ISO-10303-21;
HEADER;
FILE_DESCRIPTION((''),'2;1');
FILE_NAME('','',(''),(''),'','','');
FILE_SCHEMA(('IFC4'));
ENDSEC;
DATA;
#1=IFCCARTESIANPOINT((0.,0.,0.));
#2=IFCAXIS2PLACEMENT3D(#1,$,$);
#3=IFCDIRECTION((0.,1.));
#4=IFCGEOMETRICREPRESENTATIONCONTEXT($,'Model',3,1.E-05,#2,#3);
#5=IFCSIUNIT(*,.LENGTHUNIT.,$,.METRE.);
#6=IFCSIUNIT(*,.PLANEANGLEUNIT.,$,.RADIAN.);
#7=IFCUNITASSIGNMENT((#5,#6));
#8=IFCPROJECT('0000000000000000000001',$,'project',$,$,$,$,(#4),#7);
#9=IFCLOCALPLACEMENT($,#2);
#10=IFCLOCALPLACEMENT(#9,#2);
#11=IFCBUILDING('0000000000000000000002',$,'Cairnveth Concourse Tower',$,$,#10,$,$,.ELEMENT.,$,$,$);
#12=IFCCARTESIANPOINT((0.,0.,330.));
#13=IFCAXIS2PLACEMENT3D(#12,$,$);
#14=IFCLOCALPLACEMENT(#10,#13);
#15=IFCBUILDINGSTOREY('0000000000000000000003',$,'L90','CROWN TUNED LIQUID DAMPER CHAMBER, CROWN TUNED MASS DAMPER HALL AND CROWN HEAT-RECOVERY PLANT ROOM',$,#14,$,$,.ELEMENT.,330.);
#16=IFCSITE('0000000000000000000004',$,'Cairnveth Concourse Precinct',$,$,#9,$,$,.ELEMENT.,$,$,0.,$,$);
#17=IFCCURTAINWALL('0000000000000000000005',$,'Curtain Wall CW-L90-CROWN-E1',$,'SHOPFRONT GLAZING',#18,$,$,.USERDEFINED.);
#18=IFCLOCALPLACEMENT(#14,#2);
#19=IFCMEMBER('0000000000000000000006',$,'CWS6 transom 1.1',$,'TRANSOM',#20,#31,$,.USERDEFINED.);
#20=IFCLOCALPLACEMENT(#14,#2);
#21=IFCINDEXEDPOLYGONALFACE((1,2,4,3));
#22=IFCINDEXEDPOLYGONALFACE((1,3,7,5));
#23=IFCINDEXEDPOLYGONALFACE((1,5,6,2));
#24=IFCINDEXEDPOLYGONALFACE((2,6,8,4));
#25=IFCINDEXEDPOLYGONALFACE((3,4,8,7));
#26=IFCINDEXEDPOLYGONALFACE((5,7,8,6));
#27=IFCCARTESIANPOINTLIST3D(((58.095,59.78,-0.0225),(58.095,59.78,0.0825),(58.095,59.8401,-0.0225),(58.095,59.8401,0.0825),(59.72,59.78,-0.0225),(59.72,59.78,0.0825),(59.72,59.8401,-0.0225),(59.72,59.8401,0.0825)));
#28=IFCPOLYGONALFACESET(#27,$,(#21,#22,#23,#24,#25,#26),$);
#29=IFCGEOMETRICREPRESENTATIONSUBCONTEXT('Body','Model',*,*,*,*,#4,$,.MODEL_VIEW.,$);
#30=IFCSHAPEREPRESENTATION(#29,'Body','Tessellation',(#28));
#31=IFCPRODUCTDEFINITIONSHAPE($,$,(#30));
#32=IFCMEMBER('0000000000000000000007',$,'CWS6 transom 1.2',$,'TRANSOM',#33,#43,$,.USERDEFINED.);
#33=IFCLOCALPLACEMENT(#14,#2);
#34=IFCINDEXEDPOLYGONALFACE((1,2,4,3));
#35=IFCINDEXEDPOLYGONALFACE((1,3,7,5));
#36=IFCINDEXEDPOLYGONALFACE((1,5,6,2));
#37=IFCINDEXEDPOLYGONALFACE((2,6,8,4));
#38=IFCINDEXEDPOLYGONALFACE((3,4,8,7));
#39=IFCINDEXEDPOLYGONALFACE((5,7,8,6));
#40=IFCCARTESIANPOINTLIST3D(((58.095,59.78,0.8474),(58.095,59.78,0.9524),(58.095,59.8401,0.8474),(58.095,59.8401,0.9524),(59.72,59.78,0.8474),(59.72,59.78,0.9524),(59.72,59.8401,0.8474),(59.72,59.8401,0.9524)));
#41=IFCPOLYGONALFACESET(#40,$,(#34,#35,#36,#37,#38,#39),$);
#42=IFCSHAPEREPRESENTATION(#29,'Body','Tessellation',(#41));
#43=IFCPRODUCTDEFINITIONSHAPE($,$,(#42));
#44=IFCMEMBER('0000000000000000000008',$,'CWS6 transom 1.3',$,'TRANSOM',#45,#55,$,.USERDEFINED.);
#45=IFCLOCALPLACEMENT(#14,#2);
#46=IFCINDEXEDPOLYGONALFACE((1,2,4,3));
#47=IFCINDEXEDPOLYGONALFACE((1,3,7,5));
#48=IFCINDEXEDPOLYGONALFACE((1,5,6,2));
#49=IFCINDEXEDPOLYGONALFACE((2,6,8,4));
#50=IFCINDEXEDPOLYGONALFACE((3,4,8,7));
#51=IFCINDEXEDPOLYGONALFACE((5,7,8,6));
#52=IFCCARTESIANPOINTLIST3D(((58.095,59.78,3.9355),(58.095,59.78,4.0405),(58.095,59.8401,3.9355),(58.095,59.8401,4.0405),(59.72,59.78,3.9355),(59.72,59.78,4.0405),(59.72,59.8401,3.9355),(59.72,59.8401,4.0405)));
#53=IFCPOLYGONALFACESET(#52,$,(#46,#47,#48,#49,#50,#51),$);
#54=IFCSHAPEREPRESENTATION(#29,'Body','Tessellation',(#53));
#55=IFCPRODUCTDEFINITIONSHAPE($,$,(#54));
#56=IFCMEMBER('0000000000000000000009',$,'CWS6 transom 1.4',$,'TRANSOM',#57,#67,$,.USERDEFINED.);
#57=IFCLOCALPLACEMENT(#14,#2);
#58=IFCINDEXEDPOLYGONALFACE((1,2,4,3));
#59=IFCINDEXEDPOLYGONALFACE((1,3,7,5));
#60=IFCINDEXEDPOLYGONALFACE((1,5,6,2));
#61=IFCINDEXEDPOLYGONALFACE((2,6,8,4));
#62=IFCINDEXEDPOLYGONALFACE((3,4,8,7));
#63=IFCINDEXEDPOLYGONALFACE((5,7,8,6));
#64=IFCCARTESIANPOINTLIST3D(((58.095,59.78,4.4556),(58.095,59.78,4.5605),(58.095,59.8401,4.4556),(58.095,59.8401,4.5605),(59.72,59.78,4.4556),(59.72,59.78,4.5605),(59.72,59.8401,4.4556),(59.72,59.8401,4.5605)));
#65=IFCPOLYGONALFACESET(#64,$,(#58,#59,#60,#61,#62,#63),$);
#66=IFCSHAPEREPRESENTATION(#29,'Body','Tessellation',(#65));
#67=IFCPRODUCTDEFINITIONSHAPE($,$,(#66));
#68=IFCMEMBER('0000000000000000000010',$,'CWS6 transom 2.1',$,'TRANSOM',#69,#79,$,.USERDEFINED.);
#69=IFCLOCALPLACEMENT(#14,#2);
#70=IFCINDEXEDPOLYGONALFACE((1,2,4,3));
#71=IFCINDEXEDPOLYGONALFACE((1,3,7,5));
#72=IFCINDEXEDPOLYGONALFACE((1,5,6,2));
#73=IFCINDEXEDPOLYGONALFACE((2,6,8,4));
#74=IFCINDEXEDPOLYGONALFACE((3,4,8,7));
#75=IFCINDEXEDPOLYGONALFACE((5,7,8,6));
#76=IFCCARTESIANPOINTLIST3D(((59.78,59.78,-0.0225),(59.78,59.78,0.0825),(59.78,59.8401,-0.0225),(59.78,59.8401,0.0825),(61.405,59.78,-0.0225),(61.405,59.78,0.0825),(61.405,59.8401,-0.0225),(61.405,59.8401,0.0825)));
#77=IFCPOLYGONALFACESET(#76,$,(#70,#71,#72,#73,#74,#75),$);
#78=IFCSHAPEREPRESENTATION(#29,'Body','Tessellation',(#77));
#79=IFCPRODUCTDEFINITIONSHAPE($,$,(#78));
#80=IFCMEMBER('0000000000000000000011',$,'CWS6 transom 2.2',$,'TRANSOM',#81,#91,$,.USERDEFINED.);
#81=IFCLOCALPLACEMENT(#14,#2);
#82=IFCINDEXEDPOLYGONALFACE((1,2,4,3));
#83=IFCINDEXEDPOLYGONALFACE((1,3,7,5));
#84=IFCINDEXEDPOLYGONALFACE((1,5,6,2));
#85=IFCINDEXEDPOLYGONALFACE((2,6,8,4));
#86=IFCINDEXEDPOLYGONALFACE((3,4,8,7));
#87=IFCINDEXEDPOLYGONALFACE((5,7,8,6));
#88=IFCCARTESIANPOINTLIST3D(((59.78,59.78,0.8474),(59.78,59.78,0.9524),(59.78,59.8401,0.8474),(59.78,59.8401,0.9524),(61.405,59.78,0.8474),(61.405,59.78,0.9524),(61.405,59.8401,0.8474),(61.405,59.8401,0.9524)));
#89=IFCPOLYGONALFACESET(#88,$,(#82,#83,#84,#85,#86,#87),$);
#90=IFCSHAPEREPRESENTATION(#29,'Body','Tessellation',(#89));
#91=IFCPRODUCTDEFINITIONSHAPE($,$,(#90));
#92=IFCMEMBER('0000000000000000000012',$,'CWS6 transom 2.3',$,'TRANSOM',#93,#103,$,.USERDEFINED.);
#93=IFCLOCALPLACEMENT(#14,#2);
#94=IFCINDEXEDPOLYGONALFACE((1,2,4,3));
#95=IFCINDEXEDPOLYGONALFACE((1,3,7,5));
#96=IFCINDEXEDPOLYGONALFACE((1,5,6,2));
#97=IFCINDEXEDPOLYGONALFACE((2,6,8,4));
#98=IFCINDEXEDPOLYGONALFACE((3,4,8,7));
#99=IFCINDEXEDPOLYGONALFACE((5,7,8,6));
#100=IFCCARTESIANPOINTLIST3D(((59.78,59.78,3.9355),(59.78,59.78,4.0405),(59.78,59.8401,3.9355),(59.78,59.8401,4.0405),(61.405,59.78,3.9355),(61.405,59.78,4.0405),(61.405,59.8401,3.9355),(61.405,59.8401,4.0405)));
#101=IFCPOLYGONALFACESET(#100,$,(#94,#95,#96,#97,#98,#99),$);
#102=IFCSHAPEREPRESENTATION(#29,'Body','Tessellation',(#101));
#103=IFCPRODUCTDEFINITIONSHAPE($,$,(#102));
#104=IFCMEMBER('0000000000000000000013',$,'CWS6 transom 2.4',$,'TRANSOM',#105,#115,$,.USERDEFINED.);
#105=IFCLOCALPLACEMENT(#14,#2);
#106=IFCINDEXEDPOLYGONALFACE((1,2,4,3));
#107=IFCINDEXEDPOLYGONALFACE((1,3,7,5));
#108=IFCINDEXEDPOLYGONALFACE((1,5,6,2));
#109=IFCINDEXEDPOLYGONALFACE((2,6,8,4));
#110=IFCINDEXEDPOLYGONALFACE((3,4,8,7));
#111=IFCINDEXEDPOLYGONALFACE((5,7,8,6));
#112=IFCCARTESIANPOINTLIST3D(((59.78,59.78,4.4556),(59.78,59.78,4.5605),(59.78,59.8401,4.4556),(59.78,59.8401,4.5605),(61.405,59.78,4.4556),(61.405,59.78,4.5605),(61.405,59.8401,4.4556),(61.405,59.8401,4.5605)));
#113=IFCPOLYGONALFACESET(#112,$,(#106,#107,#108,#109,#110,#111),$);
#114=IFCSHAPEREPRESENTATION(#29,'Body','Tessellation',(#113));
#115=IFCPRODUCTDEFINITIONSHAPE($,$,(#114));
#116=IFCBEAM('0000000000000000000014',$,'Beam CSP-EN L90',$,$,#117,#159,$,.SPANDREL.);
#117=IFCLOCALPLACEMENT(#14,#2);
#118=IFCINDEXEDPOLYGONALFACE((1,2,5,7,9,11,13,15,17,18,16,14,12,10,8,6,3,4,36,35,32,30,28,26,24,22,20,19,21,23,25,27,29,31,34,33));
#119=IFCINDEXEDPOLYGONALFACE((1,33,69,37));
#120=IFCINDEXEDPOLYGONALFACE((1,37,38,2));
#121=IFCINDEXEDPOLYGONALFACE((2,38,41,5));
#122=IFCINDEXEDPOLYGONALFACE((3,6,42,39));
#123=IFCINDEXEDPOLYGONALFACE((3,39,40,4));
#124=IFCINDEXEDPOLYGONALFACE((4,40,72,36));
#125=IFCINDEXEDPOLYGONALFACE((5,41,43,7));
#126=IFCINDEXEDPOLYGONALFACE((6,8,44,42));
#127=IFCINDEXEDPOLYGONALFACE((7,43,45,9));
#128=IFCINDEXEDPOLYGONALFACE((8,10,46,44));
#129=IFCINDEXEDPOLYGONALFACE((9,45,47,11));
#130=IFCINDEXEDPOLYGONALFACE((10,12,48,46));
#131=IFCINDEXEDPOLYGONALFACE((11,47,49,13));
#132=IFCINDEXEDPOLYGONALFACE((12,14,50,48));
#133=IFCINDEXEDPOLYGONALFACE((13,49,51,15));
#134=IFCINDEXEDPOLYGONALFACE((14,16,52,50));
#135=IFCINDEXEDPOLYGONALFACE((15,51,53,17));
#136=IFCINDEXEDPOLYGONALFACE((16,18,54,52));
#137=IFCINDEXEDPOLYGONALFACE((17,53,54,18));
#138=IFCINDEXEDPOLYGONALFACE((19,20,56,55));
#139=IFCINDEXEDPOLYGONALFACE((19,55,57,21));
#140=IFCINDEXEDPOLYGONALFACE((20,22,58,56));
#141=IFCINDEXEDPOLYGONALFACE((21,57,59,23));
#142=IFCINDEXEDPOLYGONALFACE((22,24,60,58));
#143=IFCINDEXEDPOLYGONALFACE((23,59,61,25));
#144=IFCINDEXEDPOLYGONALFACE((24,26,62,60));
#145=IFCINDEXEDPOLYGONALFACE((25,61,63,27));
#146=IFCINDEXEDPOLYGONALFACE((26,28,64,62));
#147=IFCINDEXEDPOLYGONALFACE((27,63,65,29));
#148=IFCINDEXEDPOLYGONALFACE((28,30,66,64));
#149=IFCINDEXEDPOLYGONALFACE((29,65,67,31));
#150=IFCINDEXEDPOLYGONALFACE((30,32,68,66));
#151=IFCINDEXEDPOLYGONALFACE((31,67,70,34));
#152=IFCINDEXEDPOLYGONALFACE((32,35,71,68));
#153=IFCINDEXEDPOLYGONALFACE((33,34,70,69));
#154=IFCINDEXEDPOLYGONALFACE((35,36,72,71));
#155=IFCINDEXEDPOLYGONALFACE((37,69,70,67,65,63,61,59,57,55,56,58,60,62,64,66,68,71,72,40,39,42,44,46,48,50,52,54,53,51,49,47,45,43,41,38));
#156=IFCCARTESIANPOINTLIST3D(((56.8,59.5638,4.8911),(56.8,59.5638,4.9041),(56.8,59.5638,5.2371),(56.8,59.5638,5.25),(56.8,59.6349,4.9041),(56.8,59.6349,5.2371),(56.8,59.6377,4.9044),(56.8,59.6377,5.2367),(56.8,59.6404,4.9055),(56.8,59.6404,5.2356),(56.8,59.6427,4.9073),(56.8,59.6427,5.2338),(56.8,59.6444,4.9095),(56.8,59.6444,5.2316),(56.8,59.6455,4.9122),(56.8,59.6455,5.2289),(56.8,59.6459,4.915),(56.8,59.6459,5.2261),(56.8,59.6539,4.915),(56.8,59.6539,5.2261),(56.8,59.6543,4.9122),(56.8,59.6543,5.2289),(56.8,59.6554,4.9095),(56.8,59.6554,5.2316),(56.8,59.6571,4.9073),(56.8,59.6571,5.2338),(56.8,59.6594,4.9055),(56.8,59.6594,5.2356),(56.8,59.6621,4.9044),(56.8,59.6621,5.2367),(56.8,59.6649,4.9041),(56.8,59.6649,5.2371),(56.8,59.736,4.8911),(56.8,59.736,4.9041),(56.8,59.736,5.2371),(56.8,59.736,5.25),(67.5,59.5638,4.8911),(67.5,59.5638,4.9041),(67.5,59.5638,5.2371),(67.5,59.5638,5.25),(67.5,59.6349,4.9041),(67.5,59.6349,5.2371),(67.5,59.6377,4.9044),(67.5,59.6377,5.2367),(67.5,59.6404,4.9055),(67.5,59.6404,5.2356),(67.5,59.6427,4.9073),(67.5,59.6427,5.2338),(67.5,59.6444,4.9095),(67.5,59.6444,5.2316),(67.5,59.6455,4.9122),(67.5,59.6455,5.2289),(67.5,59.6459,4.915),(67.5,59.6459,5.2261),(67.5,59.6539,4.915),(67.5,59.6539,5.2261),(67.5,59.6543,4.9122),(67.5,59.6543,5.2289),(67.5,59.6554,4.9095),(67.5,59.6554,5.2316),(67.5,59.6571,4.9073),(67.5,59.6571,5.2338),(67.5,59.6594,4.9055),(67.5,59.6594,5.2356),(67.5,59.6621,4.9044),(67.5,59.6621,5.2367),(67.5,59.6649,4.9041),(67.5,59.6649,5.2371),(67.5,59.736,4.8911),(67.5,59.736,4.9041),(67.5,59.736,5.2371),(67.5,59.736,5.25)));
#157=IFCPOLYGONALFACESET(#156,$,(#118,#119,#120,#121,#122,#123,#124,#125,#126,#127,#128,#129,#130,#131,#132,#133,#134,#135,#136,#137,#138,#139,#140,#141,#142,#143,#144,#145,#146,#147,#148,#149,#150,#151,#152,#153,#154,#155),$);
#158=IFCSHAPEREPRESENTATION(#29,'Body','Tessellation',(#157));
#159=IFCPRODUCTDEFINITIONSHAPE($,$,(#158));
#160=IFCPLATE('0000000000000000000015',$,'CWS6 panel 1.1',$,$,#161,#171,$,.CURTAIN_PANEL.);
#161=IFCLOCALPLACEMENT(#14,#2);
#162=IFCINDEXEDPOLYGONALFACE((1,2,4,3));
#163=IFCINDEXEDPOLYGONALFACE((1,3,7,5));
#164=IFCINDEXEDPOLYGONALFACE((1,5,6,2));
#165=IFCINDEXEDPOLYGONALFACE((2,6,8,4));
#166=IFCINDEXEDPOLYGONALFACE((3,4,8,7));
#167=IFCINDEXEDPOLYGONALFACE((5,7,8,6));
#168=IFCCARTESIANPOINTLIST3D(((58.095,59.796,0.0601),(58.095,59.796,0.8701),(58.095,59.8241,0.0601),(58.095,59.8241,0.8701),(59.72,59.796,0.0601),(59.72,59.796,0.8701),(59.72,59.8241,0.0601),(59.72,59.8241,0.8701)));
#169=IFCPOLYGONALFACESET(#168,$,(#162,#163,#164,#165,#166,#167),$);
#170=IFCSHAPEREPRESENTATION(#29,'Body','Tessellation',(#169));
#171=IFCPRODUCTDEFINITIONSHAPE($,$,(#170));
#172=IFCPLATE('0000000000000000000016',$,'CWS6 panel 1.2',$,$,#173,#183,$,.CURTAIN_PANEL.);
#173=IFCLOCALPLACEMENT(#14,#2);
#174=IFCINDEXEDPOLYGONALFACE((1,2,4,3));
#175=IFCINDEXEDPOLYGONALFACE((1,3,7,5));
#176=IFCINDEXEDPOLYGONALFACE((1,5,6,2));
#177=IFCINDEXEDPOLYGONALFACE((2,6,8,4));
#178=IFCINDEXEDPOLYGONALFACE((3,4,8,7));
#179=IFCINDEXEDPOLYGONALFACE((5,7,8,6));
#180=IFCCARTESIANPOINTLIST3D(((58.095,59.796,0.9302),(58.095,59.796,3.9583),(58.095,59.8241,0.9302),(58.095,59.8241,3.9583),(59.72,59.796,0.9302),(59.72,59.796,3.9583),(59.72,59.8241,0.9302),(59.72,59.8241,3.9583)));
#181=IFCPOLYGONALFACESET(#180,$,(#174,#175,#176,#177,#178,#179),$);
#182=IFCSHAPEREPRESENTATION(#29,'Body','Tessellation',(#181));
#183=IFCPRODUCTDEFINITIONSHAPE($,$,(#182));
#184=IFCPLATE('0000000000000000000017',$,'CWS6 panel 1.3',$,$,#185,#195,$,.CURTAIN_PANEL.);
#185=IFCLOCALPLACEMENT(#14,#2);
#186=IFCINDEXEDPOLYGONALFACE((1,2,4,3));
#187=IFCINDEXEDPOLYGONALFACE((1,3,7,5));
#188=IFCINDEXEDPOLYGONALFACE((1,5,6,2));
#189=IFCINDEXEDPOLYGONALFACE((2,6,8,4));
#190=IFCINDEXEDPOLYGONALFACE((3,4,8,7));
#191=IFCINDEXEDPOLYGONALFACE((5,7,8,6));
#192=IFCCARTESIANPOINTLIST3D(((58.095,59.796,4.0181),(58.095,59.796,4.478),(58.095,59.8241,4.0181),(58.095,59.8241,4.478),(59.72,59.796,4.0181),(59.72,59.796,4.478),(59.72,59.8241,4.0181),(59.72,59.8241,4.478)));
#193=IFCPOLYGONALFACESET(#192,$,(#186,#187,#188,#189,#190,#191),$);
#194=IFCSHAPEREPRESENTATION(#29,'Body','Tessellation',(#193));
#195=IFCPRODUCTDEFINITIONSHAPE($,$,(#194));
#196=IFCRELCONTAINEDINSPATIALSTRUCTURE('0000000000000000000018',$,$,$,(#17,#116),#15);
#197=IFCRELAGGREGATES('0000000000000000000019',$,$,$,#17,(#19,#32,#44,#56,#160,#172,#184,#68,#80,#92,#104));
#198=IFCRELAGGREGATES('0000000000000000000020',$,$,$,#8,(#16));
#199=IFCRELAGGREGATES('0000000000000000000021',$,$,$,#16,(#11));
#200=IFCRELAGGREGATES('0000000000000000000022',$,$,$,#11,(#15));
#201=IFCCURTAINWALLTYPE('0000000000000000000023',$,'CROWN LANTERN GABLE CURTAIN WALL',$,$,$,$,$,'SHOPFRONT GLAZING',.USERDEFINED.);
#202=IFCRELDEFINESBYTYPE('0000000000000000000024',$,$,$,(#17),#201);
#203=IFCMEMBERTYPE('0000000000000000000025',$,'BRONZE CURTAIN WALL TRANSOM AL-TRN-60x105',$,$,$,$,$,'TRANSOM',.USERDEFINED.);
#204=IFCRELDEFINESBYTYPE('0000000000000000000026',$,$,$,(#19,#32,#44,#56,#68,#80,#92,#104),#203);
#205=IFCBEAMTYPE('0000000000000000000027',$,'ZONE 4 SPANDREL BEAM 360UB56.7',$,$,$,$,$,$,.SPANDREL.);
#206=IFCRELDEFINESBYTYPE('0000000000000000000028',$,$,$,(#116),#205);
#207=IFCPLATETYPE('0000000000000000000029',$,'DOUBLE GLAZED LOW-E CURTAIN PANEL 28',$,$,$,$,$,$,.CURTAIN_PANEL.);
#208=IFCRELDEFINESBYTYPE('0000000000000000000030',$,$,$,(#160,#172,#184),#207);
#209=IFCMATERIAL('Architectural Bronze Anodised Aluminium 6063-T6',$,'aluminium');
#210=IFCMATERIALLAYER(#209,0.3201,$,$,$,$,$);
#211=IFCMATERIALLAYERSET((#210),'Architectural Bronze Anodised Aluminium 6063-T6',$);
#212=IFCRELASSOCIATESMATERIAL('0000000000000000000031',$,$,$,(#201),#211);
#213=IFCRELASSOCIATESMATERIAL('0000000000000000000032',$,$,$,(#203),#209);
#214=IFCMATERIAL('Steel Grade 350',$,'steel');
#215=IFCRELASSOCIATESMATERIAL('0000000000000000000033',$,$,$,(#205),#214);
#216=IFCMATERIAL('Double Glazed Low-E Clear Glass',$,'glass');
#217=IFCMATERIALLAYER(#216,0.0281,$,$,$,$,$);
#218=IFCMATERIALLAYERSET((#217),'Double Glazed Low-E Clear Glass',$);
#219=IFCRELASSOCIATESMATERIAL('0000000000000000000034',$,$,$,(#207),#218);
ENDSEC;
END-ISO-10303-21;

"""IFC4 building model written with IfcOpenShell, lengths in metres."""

from ifc_helpers import new_model, si_unit, direction, frame, origin, origin_2d, place, context, subcontext, project, spatial, rectangle, i_section, extrude, material, layer, layer_set, material_profile, profile_set, type_object, element, aggregate, save


model = new_model("IFC4")

# Units and contexts
model_context = context("Model", 3, precision=1e-05, world=origin(), true_north=direction((0.0, 1.0)))
body_context = subcontext(model_context, "Body", "Model", "MODEL_VIEW")
ifc_project = project(units=[si_unit("LENGTHUNIT", "METRE"), si_unit("PLANEANGLEUNIT", "RADIAN")], contexts=[model_context])

# Site, building, storey
site_placement = place(None, origin())
site = spatial("IfcSite", under=ifc_project, at=site_placement, Name="Cairnveth Concourse Precinct", CompositionType="ELEMENT", RefElevation=0.0)
building_placement = place(site_placement, origin())
building = spatial("IfcBuilding", under=site, at=building_placement, Name="Cairnveth Concourse Tower", CompositionType="ELEMENT")
storey_placement = place(building_placement, frame((0.0, 0.0, 330.0)))
storey = spatial("IfcBuildingStorey", under=building, at=storey_placement, Name="L90", Description="CROWN TUNED LIQUID DAMPER CHAMBER, CROWN TUNED MASS DAMPER HALL AND CROWN HEAT-RECOVERY PLANT ROOM", CompositionType="ELEMENT", Elevation=330.0)

# Shared definitions
ifc_material_1 = material(Name="Steel Grade 350", Category="steel")

# Curtain wall, members
ifc_material_2 = material(Name="Architectural Bronze Anodised Aluminium 6063-T6", Category="aluminium")
ifc_layer_1 = layer(ifc_material_2, 0.3201)
ifc_layer_set_1 = layer_set([ifc_layer_1], Name="Architectural Bronze Anodised Aluminium 6063-T6")
curtain_wall_type = type_object("IfcCurtainWallType", Name="CROWN LANTERN GABLE CURTAIN WALL", ElementType="SHOPFRONT GLAZING", PredefinedType="USERDEFINED", material=ifc_layer_set_1)
curtain_wall_placement = place(storey_placement, origin())
curtain_wall = element("IfcCurtainWall", 1, at=curtain_wall_placement, inside=storey, type_object=curtain_wall_type, Name="Curtain Wall CW-L90-CROWN-E1", ObjectType="SHOPFRONT GLAZING", PredefinedType="USERDEFINED")
ifc_material_profile_1 = material_profile(ifc_material_2, rectangle(XDim=0.0601, YDim=0.105, at=origin_2d()), Name="AL-TRN-60x105")
ifc_profile_set_1 = profile_set([ifc_material_profile_1], Name="Architectural Bronze Anodised Aluminium 6063-T6")
member_type_1 = type_object("IfcMemberType", Name="BRONZE CURTAIN WALL TRANSOM AL-TRN-60x105", ElementType="TRANSOM", PredefinedType="USERDEFINED", material=ifc_profile_set_1)
member_1_placement = place(storey_placement, frame((58.095, 59.8101, 0.03), z_axis=(1.0, 0.0, 0.0), x_axis=(0.0, 1.0, 0.0)))
member_1 = element("IfcMember", 2, at=member_1_placement, type_object=member_type_1, Name="CWS6 transom 1.1", ObjectType="TRANSOM", PredefinedType="USERDEFINED", context=body_context, shape_type="SweptSolid", body=[
    extrude(rectangle(XDim=0.0601, YDim=0.105, at=origin_2d()), origin(), (0.0, 0.0, 1.0), 1.625),
])
member_2_placement = place(storey_placement, frame((58.095, 59.8101, 0.8999), z_axis=(1.0, 0.0, 0.0), x_axis=(0.0, 1.0, 0.0)))
member_2 = element("IfcMember", 3, at=member_2_placement, type_object=member_type_1, Name="CWS6 transom 1.2", ObjectType="TRANSOM", PredefinedType="USERDEFINED", context=body_context, shape_type="SweptSolid", body=[
    extrude(rectangle(XDim=0.0601, YDim=0.105, at=origin_2d()), origin(), (0.0, 0.0, 1.0), 1.625),
])
member_3_placement = place(storey_placement, frame((58.095, 59.8101, 3.988), z_axis=(1.0, 0.0, 0.0), x_axis=(0.0, 1.0, 0.0)))
member_3 = element("IfcMember", 4, at=member_3_placement, type_object=member_type_1, Name="CWS6 transom 1.3", ObjectType="TRANSOM", PredefinedType="USERDEFINED", context=body_context, shape_type="SweptSolid", body=[
    extrude(rectangle(XDim=0.0601, YDim=0.105, at=origin_2d()), origin(), (0.0, 0.0, 1.0), 1.625),
])
member_4_placement = place(storey_placement, frame((58.095, 59.8101, 4.5081), z_axis=(1.0, 0.0, 0.0), x_axis=(0.0, 1.0, 0.0)))
member_4 = element("IfcMember", 5, at=member_4_placement, type_object=member_type_1, Name="CWS6 transom 1.4", ObjectType="TRANSOM", PredefinedType="USERDEFINED", context=body_context, shape_type="SweptSolid", body=[
    extrude(rectangle(XDim=0.0601, YDim=0.105, at=origin_2d()), origin(), (0.0, 0.0, 1.0), 1.625),
])
member_5_placement = place(storey_placement, frame((59.78, 59.8101, 0.03), z_axis=(1.0, 0.0, 0.0), x_axis=(0.0, 1.0, 0.0)))
member_5 = element("IfcMember", 6, at=member_5_placement, type_object=member_type_1, Name="CWS6 transom 2.1", ObjectType="TRANSOM", PredefinedType="USERDEFINED", context=body_context, shape_type="SweptSolid", body=[
    extrude(rectangle(XDim=0.0601, YDim=0.105, at=origin_2d()), origin(), (0.0, 0.0, 1.0), 1.625),
])
member_6_placement = place(storey_placement, frame((59.78, 59.8101, 0.8999), z_axis=(1.0, 0.0, 0.0), x_axis=(0.0, 1.0, 0.0)))
member_6 = element("IfcMember", 7, at=member_6_placement, type_object=member_type_1, Name="CWS6 transom 2.2", ObjectType="TRANSOM", PredefinedType="USERDEFINED", context=body_context, shape_type="SweptSolid", body=[
    extrude(rectangle(XDim=0.0601, YDim=0.105, at=origin_2d()), origin(), (0.0, 0.0, 1.0), 1.625),
])
member_7_placement = place(storey_placement, frame((59.78, 59.8101, 3.988), z_axis=(1.0, 0.0, 0.0), x_axis=(0.0, 1.0, 0.0)))
member_7 = element("IfcMember", 8, at=member_7_placement, type_object=member_type_1, Name="CWS6 transom 2.3", ObjectType="TRANSOM", PredefinedType="USERDEFINED", context=body_context, shape_type="SweptSolid", body=[
    extrude(rectangle(XDim=0.0601, YDim=0.105, at=origin_2d()), origin(), (0.0, 0.0, 1.0), 1.625),
])
member_8_placement = place(storey_placement, frame((59.78, 59.8101, 4.5081), z_axis=(1.0, 0.0, 0.0), x_axis=(0.0, 1.0, 0.0)))
member_8 = element("IfcMember", 9, at=member_8_placement, type_object=member_type_1, Name="CWS6 transom 2.4", ObjectType="TRANSOM", PredefinedType="USERDEFINED", context=body_context, shape_type="SweptSolid", body=[
    extrude(rectangle(XDim=0.0601, YDim=0.105, at=origin_2d()), origin(), (0.0, 0.0, 1.0), 1.625),
])

# Beam
ifc_material_profile_2 = material_profile(ifc_material_1, i_section(OverallWidth=0.1721, OverallDepth=0.3589, WebThickness=0.0081, FlangeThickness=0.0129, FilletRadius=0.011, at=origin_2d()), Name="360UB56.7")
ifc_profile_set_2 = profile_set([ifc_material_profile_2], Name="Steel Grade 350")
beam_type = type_object("IfcBeamType", Name="ZONE 4 SPANDREL BEAM 360UB56.7", PredefinedType="SPANDREL", material=ifc_profile_set_2)
beam_placement = place(storey_placement, frame((56.8, 59.6499, 5.0706), z_axis=(1.0, 0.0, 0.0), x_axis=(0.0, 1.0, 0.0)))
element("IfcBeam", 10, at=beam_placement, inside=storey, type_object=beam_type, Name="Beam CSP-EN L90", PredefinedType="SPANDREL", context=body_context, shape_type="SweptSolid", body=[
    extrude(i_section(OverallWidth=0.1721, OverallDepth=0.3589, WebThickness=0.0081, FlangeThickness=0.0129, FilletRadius=0.011, at=origin_2d()), origin(), (0.0, 0.0, 1.0), 10.7),
])

# Plates
ifc_material_3 = material(Name="Double Glazed Low-E Clear Glass", Category="glass")
ifc_layer_2 = layer(ifc_material_3, 0.0281)
ifc_layer_set_2 = layer_set([ifc_layer_2], Name="Double Glazed Low-E Clear Glass")
plate_type = type_object("IfcPlateType", Name="DOUBLE GLAZED LOW-E CURTAIN PANEL 28", PredefinedType="CURTAIN_PANEL", material=ifc_layer_set_2)
plate_1_placement = place(storey_placement, frame((58.9075, 59.8101, 0.0601), z_axis=(0.0, 0.0, 1.0), x_axis=(1.0, 0.0, 0.0)))
plate_1 = element("IfcPlate", 11, at=plate_1_placement, type_object=plate_type, Name="CWS6 panel 1.1", PredefinedType="CURTAIN_PANEL", context=body_context, shape_type="SweptSolid", body=[
    extrude(rectangle(XDim=1.625, YDim=0.0281, at=origin_2d()), origin(), (0.0, 0.0, 1.0), 0.8101),
])
plate_2_placement = place(storey_placement, frame((58.9075, 59.8101, 0.9302), z_axis=(0.0, 0.0, 1.0), x_axis=(1.0, 0.0, 0.0)))
plate_2 = element("IfcPlate", 12, at=plate_2_placement, type_object=plate_type, Name="CWS6 panel 1.2", PredefinedType="CURTAIN_PANEL", context=body_context, shape_type="SweptSolid", body=[
    extrude(rectangle(XDim=1.625, YDim=0.0281, at=origin_2d()), origin(), (0.0, 0.0, 1.0), 3.0281),
])
plate_3_placement = place(storey_placement, frame((58.9075, 59.8101, 4.0181), z_axis=(0.0, 0.0, 1.0), x_axis=(1.0, 0.0, 0.0)))
plate_3 = element("IfcPlate", 13, at=plate_3_placement, type_object=plate_type, Name="CWS6 panel 1.3", PredefinedType="CURTAIN_PANEL", context=body_context, shape_type="SweptSolid", body=[
    extrude(rectangle(XDim=1.625, YDim=0.0281, at=origin_2d()), origin(), (0.0, 0.0, 1.0), 0.46),
])
aggregate(curtain_wall, [member_1, member_2, member_3, member_4, plate_1, plate_2, plate_3, member_5, member_6, member_7, member_8])

save(model, "model.ifc")
